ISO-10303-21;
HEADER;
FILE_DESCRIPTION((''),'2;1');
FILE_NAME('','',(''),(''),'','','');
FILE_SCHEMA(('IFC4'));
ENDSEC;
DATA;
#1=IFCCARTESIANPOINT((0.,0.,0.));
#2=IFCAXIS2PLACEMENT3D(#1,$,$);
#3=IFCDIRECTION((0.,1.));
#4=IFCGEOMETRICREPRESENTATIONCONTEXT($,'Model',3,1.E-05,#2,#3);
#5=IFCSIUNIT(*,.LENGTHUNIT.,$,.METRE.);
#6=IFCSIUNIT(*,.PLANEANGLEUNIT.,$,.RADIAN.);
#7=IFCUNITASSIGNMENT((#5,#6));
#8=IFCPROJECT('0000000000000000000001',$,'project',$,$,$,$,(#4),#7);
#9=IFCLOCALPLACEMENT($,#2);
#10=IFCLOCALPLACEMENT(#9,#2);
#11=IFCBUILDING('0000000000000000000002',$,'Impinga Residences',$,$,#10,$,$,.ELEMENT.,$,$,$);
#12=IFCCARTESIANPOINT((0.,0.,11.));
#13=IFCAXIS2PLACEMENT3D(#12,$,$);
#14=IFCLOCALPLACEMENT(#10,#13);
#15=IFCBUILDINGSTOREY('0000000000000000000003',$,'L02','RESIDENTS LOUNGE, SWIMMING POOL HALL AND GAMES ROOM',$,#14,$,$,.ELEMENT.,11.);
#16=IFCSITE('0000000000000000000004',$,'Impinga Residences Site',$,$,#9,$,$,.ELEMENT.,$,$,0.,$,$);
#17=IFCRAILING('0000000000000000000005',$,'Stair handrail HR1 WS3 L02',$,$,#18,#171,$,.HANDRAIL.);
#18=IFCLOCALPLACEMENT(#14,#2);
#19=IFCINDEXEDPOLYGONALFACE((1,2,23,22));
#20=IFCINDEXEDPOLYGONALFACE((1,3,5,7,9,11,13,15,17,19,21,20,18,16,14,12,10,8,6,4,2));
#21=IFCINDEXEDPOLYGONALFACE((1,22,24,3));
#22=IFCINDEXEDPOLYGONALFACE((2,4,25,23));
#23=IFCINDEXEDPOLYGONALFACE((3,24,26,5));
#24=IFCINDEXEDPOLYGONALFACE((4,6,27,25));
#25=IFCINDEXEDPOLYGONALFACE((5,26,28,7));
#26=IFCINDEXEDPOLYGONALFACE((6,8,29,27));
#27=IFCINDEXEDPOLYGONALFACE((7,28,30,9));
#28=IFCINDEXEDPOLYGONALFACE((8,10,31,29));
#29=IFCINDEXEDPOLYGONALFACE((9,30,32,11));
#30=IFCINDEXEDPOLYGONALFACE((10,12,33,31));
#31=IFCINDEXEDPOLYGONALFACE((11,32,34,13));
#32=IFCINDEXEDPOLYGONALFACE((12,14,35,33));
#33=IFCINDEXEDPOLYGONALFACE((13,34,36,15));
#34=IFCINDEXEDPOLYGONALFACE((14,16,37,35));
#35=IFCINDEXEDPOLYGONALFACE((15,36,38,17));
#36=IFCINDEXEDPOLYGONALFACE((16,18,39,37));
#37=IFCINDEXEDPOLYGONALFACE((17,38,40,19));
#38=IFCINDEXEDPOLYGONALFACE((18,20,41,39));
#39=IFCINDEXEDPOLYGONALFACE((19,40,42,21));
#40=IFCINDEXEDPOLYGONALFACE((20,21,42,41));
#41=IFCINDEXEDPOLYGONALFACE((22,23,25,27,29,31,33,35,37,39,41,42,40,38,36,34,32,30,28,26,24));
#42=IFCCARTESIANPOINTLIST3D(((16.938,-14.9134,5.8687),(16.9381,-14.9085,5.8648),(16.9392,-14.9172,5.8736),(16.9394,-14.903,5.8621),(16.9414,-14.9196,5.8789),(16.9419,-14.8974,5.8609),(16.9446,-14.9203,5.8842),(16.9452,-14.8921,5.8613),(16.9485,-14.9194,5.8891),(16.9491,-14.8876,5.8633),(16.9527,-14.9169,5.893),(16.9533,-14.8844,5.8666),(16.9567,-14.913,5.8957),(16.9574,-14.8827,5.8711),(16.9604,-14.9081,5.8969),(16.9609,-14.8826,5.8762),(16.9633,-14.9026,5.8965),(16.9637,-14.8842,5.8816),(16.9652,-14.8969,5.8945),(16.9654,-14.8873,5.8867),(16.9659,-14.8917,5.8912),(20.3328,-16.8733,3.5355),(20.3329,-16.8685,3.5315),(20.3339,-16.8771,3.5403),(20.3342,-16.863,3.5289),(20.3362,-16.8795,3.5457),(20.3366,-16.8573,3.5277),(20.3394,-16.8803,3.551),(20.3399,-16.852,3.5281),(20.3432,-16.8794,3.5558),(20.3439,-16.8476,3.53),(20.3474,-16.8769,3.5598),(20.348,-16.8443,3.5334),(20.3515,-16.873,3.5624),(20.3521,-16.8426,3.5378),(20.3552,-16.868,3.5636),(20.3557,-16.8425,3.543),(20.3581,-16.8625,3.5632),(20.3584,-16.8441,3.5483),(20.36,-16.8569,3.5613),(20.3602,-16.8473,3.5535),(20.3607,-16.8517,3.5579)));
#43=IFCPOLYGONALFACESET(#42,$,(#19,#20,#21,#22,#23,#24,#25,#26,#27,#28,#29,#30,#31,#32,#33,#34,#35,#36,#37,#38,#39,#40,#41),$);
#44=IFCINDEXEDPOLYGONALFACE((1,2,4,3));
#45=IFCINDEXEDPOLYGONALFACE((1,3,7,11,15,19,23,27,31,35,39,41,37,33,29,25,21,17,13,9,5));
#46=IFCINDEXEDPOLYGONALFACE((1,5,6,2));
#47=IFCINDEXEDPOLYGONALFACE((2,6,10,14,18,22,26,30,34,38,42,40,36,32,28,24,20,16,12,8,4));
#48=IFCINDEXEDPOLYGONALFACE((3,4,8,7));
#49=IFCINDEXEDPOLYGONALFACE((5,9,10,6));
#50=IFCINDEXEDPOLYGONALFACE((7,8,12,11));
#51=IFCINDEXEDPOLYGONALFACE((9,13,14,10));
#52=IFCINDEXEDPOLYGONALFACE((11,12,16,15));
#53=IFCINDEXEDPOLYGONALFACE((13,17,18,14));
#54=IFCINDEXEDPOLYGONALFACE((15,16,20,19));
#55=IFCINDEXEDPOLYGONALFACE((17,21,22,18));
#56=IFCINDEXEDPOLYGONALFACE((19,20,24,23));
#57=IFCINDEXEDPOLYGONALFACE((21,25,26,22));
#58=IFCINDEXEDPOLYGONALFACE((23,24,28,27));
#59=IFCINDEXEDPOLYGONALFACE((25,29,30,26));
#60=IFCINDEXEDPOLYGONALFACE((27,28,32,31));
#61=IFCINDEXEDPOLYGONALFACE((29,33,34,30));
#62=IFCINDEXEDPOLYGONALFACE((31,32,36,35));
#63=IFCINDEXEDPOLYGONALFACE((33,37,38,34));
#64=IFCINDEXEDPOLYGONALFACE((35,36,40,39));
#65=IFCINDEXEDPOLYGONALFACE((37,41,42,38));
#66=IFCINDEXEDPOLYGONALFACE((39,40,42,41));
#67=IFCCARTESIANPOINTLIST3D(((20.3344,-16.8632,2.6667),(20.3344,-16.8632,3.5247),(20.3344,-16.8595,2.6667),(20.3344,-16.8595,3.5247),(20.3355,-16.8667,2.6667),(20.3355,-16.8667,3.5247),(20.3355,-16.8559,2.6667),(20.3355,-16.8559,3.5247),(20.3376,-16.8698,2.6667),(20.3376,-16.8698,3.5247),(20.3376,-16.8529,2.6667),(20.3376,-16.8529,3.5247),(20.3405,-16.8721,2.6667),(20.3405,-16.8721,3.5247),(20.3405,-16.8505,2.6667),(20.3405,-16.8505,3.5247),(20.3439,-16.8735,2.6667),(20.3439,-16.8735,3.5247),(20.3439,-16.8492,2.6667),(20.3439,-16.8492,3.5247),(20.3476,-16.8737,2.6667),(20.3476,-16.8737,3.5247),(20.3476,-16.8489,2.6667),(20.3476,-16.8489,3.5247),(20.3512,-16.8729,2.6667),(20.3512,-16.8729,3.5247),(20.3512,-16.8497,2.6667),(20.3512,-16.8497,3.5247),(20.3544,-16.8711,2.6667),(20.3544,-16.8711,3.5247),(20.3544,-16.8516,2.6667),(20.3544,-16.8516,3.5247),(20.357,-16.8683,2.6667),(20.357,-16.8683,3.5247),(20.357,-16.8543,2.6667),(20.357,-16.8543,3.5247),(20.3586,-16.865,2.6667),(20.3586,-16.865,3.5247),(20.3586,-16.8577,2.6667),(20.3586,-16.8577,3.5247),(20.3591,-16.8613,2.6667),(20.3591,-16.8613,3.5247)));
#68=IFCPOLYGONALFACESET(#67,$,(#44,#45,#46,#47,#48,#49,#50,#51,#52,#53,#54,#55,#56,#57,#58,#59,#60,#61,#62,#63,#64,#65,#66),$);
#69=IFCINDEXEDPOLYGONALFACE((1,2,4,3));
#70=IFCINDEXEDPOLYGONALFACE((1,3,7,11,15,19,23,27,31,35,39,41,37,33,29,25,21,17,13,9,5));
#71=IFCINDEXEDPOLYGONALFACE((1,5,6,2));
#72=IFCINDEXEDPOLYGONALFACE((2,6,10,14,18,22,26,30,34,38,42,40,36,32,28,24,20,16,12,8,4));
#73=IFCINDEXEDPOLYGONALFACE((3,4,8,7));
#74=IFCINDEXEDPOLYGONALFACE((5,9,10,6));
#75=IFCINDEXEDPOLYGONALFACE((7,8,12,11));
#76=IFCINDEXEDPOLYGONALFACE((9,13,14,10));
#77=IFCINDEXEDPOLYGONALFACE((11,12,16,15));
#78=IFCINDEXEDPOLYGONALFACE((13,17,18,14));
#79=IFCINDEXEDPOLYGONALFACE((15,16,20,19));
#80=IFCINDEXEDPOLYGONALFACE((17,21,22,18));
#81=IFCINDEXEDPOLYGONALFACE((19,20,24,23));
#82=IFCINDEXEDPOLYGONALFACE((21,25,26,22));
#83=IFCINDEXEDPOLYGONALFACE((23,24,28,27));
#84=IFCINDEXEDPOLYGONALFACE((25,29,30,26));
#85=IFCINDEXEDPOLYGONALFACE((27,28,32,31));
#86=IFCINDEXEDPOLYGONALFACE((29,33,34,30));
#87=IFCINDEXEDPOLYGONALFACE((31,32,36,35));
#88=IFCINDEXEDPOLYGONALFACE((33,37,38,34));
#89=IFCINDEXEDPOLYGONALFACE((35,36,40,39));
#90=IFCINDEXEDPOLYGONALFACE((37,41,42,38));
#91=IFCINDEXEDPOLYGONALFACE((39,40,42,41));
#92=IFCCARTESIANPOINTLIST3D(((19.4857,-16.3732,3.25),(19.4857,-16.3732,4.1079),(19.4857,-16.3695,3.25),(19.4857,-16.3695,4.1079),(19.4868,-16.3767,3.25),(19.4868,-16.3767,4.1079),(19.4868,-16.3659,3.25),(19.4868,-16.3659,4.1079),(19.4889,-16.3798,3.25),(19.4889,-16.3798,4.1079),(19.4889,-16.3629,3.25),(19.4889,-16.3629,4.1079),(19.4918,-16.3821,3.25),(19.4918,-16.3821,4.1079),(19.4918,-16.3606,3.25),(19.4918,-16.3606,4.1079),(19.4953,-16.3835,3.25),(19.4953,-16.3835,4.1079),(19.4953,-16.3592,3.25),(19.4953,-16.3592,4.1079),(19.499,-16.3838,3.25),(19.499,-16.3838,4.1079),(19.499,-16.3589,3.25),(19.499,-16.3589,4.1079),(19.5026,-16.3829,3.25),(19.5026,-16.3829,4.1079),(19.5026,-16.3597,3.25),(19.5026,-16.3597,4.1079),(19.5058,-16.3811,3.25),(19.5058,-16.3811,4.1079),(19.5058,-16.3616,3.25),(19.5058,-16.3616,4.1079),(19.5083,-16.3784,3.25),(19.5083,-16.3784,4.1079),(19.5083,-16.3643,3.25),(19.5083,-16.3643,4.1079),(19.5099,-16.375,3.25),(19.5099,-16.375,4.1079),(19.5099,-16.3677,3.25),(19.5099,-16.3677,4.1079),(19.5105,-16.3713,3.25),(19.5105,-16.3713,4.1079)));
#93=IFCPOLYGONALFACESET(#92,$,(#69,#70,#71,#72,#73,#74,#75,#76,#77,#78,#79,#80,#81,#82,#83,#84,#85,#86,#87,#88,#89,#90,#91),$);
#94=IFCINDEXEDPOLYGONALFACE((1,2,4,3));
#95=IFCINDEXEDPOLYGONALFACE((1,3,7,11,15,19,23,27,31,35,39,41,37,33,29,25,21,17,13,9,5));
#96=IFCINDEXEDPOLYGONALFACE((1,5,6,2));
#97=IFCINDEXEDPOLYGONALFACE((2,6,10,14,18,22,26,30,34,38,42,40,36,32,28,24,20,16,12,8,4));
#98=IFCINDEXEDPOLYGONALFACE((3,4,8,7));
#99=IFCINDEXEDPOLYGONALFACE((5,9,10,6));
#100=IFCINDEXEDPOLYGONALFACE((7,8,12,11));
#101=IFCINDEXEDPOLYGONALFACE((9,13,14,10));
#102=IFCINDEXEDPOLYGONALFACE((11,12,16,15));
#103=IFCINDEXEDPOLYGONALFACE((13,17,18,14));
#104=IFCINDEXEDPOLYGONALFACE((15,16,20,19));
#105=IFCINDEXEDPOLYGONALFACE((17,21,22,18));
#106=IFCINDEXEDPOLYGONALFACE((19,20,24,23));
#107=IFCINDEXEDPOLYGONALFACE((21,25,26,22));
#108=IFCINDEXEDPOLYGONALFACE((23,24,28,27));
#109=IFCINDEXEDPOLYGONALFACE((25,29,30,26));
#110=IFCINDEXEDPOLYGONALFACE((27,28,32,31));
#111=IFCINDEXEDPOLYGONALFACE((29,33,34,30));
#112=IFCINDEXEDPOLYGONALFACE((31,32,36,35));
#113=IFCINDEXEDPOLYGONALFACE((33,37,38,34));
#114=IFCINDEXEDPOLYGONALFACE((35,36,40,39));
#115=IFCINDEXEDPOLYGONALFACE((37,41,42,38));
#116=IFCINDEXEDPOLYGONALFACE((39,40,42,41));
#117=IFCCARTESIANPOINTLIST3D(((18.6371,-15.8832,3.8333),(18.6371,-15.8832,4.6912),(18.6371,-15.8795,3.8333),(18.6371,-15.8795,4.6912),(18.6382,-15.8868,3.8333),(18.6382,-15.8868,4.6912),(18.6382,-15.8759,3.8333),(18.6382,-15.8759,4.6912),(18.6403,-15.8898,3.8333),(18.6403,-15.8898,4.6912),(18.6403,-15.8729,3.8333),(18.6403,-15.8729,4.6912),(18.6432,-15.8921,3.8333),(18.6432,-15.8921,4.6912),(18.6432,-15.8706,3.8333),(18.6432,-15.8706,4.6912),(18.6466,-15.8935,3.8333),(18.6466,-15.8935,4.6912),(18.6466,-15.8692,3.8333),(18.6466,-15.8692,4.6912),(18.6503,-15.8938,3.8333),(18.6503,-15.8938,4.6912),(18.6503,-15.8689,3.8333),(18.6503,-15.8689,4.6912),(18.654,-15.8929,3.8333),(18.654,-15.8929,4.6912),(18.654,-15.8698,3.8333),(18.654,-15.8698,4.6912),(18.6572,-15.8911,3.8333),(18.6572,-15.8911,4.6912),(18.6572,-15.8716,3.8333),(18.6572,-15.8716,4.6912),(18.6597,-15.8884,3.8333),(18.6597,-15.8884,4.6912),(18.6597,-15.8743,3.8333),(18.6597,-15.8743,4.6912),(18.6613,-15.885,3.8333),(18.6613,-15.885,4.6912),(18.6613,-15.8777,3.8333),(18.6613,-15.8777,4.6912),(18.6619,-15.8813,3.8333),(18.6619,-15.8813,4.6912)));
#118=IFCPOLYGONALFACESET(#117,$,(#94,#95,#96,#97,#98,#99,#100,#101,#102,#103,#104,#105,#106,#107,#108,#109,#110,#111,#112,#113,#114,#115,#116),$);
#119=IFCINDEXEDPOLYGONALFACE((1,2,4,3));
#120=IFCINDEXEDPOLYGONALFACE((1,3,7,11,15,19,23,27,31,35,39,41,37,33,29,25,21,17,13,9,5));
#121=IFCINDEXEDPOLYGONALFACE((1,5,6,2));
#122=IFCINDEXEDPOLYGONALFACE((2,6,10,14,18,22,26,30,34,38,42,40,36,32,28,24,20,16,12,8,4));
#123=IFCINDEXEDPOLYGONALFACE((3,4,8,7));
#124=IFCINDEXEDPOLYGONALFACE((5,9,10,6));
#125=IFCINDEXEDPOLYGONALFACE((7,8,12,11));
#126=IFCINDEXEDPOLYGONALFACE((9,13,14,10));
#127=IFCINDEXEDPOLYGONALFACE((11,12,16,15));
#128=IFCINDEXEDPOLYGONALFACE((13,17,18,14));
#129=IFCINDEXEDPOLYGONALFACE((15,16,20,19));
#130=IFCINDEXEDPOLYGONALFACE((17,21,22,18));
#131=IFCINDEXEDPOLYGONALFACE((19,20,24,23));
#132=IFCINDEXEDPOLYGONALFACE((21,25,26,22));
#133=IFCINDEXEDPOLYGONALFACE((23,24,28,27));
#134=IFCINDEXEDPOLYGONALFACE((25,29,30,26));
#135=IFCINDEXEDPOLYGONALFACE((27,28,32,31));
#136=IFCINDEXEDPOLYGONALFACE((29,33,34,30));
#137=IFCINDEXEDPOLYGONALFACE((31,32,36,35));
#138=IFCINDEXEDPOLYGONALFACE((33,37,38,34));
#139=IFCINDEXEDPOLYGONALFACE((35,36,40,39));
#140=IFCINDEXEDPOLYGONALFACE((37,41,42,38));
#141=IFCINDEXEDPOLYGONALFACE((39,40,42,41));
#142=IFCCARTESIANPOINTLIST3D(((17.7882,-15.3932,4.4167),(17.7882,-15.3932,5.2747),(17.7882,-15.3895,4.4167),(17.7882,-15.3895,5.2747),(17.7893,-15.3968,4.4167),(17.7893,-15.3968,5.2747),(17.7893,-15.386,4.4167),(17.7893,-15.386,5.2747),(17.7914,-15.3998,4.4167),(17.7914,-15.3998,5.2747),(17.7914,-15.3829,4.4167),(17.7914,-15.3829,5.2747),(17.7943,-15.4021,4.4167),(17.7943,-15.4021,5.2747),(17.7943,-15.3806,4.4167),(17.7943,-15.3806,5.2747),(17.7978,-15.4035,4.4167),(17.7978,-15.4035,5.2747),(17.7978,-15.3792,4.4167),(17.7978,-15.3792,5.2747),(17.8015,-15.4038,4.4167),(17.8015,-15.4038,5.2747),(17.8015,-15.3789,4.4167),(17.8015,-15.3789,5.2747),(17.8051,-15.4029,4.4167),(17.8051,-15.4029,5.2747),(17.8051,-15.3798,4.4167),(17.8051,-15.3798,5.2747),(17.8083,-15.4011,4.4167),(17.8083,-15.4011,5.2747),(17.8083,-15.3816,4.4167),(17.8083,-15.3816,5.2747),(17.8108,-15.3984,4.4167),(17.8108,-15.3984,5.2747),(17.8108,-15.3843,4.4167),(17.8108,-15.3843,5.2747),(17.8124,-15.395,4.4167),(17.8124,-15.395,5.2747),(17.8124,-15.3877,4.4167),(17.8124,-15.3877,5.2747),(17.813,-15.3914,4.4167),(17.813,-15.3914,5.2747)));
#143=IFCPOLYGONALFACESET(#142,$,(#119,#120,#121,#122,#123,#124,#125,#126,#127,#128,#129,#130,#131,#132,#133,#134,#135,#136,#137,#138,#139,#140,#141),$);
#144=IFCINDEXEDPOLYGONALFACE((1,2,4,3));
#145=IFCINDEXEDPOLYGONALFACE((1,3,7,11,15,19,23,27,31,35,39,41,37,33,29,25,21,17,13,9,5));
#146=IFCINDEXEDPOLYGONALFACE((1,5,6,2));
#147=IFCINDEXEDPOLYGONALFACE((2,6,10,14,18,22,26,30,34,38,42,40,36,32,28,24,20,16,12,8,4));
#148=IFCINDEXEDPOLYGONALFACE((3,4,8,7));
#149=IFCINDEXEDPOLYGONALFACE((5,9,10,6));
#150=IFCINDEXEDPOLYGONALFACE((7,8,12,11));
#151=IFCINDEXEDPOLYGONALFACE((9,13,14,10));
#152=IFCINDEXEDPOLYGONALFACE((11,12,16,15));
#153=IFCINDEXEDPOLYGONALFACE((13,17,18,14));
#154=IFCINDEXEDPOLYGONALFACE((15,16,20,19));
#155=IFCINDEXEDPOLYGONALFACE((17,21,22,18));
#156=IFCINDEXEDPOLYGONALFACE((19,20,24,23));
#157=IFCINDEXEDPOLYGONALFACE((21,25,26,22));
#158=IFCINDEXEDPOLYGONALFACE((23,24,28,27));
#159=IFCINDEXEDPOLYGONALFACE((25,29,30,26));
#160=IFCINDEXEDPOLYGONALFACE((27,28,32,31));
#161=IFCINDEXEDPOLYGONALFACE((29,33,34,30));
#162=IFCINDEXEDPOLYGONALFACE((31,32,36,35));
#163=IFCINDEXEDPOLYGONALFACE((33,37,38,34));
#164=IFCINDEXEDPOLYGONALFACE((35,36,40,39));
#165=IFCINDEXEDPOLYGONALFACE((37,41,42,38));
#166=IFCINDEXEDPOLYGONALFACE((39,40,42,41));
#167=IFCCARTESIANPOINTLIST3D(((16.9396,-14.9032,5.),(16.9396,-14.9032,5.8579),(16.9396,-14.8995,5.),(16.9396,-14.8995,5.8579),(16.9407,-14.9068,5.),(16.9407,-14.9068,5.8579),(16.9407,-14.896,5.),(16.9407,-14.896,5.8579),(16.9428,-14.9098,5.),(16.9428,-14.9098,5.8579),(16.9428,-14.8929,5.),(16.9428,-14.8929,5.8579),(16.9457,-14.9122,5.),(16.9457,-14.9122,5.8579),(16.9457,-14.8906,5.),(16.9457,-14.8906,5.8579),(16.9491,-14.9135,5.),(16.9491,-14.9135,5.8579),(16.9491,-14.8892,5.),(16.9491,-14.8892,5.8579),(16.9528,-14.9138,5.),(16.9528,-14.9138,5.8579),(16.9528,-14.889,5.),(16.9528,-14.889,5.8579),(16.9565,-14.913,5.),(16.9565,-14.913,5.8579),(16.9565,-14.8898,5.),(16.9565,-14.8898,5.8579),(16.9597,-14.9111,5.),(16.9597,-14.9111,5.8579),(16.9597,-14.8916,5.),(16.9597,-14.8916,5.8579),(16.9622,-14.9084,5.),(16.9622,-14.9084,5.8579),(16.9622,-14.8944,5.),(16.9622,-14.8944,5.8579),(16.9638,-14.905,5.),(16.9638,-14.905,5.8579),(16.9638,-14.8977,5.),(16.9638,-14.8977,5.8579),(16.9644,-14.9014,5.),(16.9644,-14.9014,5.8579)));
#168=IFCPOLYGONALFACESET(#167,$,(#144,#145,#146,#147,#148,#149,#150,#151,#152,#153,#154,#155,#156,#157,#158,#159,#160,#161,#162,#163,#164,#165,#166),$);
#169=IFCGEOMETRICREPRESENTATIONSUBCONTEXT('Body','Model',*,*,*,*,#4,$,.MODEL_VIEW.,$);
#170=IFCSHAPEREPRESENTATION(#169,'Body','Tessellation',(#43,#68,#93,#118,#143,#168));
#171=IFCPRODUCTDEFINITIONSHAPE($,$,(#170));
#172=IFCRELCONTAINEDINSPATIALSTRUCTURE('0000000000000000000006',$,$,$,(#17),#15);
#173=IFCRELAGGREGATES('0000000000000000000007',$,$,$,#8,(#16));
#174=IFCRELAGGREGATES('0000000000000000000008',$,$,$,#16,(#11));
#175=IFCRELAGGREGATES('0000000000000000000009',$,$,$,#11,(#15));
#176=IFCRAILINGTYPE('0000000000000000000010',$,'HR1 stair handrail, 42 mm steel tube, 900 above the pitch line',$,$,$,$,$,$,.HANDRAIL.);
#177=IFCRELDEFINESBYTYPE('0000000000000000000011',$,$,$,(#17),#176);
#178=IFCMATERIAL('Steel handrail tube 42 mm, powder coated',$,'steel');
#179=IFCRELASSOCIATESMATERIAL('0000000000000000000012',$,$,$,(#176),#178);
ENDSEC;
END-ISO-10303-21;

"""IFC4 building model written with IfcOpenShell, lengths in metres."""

from ifc_helpers import new_model, si_unit, direction, frame, origin, origin_2d, place, context, subcontext, project, spatial, circle, extrude, material, type_object, element, save


model = new_model("IFC4")

# Units and contexts
model_context = context("Model", 3, precision=1e-05, world=origin(), true_north=direction((0.0, 1.0)))
body_context = subcontext(model_context, "Body", "Model", "MODEL_VIEW")
ifc_project = project(units=[si_unit("LENGTHUNIT", "METRE"), si_unit("PLANEANGLEUNIT", "RADIAN")], contexts=[model_context])

# Site, building, storey
site_placement = place(None, origin())
site = spatial("IfcSite", under=ifc_project, at=site_placement, Name="Impinga Residences Site", CompositionType="ELEMENT", RefElevation=0.0)
building_placement = place(site_placement, origin())
building = spatial("IfcBuilding", under=site, at=building_placement, Name="Impinga Residences", CompositionType="ELEMENT")
storey_placement = place(building_placement, frame((0.0, 0.0, 11.0)))
storey = spatial("IfcBuildingStorey", under=building, at=storey_placement, Name="L02", Description="RESIDENTS LOUNGE, SWIMMING POOL HALL AND GAMES ROOM", CompositionType="ELEMENT", Elevation=11.0)

# Railing
ifc_material_1 = material(Name="Steel handrail tube 42 mm, powder coated", Category="steel")
railing_type_1 = type_object("IfcRailingType", Name="HR1 stair handrail, 42 mm steel tube, 900 above the pitch line", PredefinedType="HANDRAIL", material=ifc_material_1)
railing_1_placement = place(storey_placement, frame((20.3467, -16.8613, 2.6667)))
element("IfcRailing", 1, at=railing_1_placement, inside=storey, type_object=railing_type_1, Name="Stair handrail HR1 WS3 L02", PredefinedType="HANDRAIL", context=body_context, shape_type="SweptSolid", body=[
    extrude(circle(Radius=0.021, at=origin_2d()), frame((0.0, 0.0, 0.8789), z_axis=(-0.744175, 0.429646, 0.511476), x_axis=(-0.499997, -0.866027, 0.0)), (0.0, 0.0, 1.0), 4.5618),
    extrude(circle(Radius=0.0125, at=origin_2d()), origin(), (0.0, 0.0, 1.0), 0.8579),
    extrude(circle(Radius=0.0125, at=origin_2d()), frame((-0.8486, 0.49, 0.5833)), (0.0, 0.0, 1.0), 0.8579),
    extrude(circle(Radius=0.0125, at=origin_2d()), frame((-1.6973, 0.98, 1.1665)), (0.0, 0.0, 1.0), 0.8579),
    extrude(circle(Radius=0.0125, at=origin_2d()), frame((-2.5461, 1.47, 1.75)), (0.0, 0.0, 1.0), 0.8579),
    extrude(circle(Radius=0.0125, at=origin_2d()), frame((-3.3948, 1.96, 2.3333)), (0.0, 0.0, 1.0), 0.8579),
])

save(model, "model.ifc")
